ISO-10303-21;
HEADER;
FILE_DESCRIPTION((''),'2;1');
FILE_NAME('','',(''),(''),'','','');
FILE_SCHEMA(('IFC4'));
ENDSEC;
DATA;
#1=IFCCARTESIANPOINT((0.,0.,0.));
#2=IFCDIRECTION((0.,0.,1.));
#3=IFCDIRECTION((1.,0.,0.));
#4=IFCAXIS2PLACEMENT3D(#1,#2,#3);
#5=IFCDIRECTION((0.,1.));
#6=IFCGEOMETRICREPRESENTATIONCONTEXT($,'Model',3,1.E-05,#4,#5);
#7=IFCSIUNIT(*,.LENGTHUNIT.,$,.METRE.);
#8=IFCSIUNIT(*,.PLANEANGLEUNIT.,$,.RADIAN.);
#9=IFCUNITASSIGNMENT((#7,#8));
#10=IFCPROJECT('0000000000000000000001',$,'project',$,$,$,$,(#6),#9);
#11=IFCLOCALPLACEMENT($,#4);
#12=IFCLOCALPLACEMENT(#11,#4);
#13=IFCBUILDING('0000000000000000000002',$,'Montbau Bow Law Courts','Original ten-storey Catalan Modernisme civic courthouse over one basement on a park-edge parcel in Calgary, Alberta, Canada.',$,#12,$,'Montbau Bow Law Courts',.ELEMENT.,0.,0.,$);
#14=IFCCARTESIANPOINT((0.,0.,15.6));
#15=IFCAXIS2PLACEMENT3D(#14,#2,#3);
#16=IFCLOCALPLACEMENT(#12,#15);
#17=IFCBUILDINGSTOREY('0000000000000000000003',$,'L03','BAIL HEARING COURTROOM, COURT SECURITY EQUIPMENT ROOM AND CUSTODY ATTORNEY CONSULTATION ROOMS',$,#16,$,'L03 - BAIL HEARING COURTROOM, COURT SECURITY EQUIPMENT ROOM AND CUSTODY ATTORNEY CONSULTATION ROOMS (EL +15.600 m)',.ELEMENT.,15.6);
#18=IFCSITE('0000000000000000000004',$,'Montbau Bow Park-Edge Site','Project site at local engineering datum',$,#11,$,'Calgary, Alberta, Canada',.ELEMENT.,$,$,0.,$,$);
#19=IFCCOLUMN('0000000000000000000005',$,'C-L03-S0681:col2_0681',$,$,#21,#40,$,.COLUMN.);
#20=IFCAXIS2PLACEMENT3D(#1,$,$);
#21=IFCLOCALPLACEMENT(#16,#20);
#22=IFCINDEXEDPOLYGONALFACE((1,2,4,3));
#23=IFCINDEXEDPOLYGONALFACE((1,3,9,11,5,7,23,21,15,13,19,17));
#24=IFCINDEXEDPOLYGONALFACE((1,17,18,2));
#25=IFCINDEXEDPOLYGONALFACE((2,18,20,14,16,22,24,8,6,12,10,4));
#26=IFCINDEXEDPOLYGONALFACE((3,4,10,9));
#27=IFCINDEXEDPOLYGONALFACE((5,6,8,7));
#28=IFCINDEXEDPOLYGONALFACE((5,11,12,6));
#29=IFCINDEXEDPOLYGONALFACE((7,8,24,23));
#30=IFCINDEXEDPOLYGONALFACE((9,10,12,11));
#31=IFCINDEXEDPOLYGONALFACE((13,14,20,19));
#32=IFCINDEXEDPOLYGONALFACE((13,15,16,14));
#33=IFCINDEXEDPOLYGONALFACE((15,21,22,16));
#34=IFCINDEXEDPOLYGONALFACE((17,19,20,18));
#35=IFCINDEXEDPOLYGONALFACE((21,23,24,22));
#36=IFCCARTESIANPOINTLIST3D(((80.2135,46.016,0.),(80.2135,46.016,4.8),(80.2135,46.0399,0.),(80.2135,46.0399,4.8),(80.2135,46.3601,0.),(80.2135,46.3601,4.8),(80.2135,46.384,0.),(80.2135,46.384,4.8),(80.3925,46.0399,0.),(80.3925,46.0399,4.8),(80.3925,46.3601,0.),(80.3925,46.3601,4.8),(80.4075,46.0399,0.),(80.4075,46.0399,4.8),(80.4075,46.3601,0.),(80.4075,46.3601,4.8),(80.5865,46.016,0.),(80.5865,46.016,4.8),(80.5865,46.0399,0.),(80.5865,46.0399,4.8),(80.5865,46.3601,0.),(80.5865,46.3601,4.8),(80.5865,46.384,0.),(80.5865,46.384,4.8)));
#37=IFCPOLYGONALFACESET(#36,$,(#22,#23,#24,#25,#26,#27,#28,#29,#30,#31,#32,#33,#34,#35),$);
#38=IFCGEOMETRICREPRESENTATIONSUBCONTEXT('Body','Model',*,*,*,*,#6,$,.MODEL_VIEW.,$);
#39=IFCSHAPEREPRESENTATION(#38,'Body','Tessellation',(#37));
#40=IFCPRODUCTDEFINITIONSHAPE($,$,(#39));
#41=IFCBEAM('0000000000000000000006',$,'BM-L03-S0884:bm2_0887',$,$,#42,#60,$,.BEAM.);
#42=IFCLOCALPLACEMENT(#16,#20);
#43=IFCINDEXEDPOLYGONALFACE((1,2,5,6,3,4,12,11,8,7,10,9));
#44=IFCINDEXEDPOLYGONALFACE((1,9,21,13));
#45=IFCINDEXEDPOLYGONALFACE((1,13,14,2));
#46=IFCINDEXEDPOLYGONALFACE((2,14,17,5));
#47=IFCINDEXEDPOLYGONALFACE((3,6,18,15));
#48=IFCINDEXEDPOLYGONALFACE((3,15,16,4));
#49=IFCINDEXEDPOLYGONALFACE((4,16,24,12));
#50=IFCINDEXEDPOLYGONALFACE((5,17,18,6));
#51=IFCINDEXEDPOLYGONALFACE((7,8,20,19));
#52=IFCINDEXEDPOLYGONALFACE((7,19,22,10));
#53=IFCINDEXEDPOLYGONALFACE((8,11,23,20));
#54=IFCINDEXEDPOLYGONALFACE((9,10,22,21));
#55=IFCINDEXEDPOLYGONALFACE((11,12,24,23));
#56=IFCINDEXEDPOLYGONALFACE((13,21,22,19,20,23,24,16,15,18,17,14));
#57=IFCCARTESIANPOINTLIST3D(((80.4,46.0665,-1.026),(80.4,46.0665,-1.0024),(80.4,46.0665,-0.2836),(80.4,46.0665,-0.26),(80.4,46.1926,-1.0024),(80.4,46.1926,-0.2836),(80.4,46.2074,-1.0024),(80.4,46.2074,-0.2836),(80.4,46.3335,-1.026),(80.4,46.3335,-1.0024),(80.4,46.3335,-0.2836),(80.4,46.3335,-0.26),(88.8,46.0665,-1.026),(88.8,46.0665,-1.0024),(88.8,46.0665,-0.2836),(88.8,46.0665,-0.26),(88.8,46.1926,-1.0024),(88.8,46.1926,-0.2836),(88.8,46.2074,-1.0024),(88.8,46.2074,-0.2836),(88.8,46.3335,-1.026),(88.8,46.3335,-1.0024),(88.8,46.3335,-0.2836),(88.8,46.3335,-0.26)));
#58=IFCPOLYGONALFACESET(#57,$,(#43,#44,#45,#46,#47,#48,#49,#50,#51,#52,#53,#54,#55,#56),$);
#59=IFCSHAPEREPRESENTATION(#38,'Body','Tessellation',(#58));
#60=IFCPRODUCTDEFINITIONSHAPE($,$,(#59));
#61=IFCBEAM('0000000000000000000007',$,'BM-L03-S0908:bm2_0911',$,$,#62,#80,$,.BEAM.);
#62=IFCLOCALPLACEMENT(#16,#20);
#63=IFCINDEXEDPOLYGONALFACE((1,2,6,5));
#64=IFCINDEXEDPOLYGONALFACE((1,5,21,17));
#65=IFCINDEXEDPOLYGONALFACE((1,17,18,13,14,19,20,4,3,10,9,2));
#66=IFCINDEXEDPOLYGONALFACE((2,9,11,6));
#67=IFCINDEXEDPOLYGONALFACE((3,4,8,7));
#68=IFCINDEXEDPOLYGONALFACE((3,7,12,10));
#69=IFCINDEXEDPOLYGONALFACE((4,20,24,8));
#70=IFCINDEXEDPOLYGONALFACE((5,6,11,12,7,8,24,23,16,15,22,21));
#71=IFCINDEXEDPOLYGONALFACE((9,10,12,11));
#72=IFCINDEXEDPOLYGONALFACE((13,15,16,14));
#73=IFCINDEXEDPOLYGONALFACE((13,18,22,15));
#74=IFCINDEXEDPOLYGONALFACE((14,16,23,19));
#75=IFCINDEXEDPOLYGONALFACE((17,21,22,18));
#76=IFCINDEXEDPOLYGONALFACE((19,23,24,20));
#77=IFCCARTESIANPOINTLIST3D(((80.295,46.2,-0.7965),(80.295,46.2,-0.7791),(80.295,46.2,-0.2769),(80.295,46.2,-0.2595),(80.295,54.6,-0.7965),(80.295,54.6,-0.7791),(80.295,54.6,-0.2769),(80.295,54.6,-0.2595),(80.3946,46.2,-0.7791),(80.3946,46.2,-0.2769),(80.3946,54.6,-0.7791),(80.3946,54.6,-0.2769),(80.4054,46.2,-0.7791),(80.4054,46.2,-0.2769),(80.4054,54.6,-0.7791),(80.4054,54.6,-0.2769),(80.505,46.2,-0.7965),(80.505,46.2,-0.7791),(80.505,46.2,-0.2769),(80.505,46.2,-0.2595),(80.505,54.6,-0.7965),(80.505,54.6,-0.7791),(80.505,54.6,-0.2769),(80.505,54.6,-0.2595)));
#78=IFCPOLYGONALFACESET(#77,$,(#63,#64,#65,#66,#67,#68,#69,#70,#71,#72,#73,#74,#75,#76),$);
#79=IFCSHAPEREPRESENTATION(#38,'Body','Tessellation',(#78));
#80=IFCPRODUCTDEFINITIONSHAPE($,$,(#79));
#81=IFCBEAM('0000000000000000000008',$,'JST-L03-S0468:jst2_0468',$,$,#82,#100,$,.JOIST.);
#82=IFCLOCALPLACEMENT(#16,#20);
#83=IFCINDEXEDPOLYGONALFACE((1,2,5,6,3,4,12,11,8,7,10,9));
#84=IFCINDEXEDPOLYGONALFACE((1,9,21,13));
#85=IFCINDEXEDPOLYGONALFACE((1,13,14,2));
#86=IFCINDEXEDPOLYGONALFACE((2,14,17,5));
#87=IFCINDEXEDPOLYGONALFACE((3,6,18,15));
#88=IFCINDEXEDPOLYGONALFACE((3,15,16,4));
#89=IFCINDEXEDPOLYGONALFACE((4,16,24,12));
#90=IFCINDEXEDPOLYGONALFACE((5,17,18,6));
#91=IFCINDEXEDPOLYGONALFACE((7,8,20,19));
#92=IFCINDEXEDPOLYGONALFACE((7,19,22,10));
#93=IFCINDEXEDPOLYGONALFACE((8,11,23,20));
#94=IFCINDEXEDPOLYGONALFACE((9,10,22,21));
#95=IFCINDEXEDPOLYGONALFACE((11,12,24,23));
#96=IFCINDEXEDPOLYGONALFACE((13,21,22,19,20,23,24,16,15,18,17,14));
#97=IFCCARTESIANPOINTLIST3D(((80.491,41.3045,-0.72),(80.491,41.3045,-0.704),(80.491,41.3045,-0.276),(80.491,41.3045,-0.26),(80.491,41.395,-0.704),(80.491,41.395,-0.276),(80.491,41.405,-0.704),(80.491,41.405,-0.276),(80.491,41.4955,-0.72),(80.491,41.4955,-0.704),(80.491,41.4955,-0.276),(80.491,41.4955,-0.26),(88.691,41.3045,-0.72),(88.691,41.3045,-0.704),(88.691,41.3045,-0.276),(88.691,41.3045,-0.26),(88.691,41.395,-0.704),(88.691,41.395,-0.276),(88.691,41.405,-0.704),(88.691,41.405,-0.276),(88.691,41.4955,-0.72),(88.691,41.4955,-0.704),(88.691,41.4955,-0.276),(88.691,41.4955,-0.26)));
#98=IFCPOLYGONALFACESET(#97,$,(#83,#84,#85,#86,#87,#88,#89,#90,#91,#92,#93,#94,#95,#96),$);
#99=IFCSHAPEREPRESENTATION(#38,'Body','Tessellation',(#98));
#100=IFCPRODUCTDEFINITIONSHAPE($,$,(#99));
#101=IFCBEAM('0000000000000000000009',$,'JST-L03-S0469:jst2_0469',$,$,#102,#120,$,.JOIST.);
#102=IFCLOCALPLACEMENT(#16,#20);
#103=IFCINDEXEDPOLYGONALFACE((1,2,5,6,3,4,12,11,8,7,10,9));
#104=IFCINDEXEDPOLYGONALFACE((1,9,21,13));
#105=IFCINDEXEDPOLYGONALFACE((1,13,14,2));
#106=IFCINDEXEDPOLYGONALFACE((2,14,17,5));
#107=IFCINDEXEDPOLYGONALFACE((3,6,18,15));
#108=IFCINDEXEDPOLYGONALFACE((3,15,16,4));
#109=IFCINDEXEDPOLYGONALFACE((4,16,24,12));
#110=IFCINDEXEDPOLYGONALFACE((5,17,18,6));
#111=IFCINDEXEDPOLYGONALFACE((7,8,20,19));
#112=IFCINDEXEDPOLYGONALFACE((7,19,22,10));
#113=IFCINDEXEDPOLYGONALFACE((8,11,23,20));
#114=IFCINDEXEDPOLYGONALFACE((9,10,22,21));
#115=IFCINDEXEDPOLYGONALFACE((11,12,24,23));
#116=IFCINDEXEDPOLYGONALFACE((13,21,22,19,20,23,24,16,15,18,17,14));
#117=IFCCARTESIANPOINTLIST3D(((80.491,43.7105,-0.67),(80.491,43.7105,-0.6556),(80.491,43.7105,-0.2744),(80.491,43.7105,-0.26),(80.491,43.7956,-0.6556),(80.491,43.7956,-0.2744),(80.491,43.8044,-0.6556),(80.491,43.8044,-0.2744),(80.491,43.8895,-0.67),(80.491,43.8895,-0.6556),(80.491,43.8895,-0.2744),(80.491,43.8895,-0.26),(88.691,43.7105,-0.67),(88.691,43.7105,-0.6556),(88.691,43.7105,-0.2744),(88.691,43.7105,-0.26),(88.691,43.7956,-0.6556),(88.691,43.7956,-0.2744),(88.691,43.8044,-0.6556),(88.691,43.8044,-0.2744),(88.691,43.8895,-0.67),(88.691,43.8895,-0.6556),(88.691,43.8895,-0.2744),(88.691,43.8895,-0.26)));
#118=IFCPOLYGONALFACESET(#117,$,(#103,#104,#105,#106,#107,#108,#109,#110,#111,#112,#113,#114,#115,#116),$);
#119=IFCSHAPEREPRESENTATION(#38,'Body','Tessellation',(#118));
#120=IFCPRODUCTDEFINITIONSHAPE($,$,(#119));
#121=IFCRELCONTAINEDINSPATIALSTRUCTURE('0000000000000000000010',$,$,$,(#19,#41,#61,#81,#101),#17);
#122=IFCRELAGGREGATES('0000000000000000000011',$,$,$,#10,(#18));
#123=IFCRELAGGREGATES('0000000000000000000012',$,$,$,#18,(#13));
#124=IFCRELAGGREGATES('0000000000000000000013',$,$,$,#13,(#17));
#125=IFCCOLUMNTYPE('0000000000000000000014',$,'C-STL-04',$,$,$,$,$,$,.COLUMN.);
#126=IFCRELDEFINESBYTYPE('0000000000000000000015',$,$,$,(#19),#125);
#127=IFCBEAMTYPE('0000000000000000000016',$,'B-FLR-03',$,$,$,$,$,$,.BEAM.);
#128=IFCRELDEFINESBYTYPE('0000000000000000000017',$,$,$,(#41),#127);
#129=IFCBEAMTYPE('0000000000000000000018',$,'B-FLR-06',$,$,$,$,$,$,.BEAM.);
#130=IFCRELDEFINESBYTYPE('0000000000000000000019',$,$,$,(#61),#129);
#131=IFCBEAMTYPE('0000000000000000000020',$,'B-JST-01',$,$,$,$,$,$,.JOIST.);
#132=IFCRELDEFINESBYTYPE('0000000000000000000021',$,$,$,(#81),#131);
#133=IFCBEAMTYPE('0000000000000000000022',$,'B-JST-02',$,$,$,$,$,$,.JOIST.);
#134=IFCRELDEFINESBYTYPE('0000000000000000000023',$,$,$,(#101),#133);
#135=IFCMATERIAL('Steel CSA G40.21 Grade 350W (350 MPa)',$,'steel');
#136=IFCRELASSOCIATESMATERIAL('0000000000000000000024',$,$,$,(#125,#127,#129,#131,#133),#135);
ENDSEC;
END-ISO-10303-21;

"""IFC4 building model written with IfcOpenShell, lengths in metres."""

from ifc_helpers import new_model, si_unit, direction, frame, origin_with_axes, origin_2d_with_axis, place, context, subcontext, project, spatial, i_section, extrude, material, material_profile, profile_set, type_object, element, save


model = new_model("IFC4")

# Units and contexts
model_context = context("Model", 3, precision=1e-05, world=origin_with_axes(), true_north=direction((0.0, 1.0)))
body_context = subcontext(model_context, "Body", "Model", "MODEL_VIEW")
ifc_project = project(units=[si_unit("LENGTHUNIT", "METRE"), si_unit("PLANEANGLEUNIT", "RADIAN")], contexts=[model_context])

# Site, building, storey
site_placement = place(None, origin_with_axes())
site = spatial("IfcSite", under=ifc_project, at=site_placement, Name="Montbau Bow Park-Edge Site", Description="Project site at local engineering datum", LongName="Calgary, Alberta, Canada", CompositionType="ELEMENT", RefElevation=0.0)
building_placement = place(site_placement, origin_with_axes())
building = spatial("IfcBuilding", under=site, at=building_placement, Name="Montbau Bow Law Courts", Description="Original ten-storey Catalan Modernisme civic courthouse over one basement on a park-edge parcel in Calgary, Alberta, Canada.", LongName="Montbau Bow Law Courts", CompositionType="ELEMENT", ElevationOfRefHeight=0.0, ElevationOfTerrain=0.0)
storey_placement = place(building_placement, frame((0.0, 0.0, 15.6), z_axis=(0.0, 0.0, 1.0), x_axis=(1.0, 0.0, 0.0)))
storey = spatial("IfcBuildingStorey", under=building, at=storey_placement, Name="L03", Description="BAIL HEARING COURTROOM, COURT SECURITY EQUIPMENT ROOM AND CUSTODY ATTORNEY CONSULTATION ROOMS", LongName="L03 - BAIL HEARING COURTROOM, COURT SECURITY EQUIPMENT ROOM AND CUSTODY ATTORNEY CONSULTATION ROOMS (EL +15.600 m)", CompositionType="ELEMENT", Elevation=15.6)

# Column
ifc_material_1 = material(Name="Steel CSA G40.21 Grade 350W (350 MPa)", Category="steel")
ifc_material_profile_1 = material_profile(ifc_material_1, i_section(OverallWidth=0.373, OverallDepth=0.368, WebThickness=0.015, FlangeThickness=0.0239, at=origin_2d_with_axis()), Name="W360X179", Category="Main", Priority=0)
ifc_profile_set_1 = profile_set([ifc_material_profile_1], Name="Steel CSA G40.21 Grade 350W (350 MPa)")
column_type = type_object("IfcColumnType", Name="C-STL-04", PredefinedType="COLUMN", material=ifc_profile_set_1)
column_placement = place(None, frame((80.4, 46.2, 15.6), z_axis=(0.0, 0.0, 1.0), x_axis=(1.0, 0.0, 0.0)))
element("IfcColumn", 1, at=column_placement, inside=storey, type_object=column_type, Name="C-L03-S0681:col2_0681", PredefinedType="COLUMN", context=body_context, shape_type="SweptSolid", body=[
    extrude(i_section(OverallWidth=0.373, OverallDepth=0.368, WebThickness=0.015, FlangeThickness=0.0239, at=origin_2d_with_axis()), origin_with_axes(), (0.0, 0.0, 1.0), 4.8),
])

# Beams
ifc_material_profile_2 = material_profile(ifc_material_1, i_section(OverallWidth=0.267, OverallDepth=0.766, WebThickness=0.0149, FlangeThickness=0.0236, at=origin_2d_with_axis()), Name="W760X185", Category="Main", Priority=0)
ifc_profile_set_2 = profile_set([ifc_material_profile_2], Name="Steel CSA G40.21 Grade 350W (350 MPa)")
beam_type_1 = type_object("IfcBeamType", Name="B-FLR-03", PredefinedType="BEAM", material=ifc_profile_set_2)
beam_1_placement = place(None, frame((80.4, 46.2, 14.957), z_axis=(1.0, 0.0, 0.0), x_axis=(0.0, 1.0, 0.0)))
element("IfcBeam", 2, at=beam_1_placement, inside=storey, type_object=beam_type_1, Name="BM-L03-S0884:bm2_0887", PredefinedType="BEAM", context=body_context, shape_type="SweptSolid", body=[
    extrude(i_section(OverallWidth=0.267, OverallDepth=0.766, WebThickness=0.0149, FlangeThickness=0.0236, at=origin_2d_with_axis()), origin_with_axes(), (0.0, 0.0, 1.0), 8.4),
])
ifc_material_profile_3 = material_profile(ifc_material_1, i_section(OverallWidth=0.21, OverallDepth=0.537, WebThickness=0.0109, FlangeThickness=0.0174, at=origin_2d_with_axis()), Name="W530X101", Category="Main", Priority=0)
ifc_profile_set_3 = profile_set([ifc_material_profile_3], Name="Steel CSA G40.21 Grade 350W (350 MPa)")
beam_type_2 = type_object("IfcBeamType", Name="B-FLR-06", PredefinedType="BEAM", material=ifc_profile_set_3)
beam_2_placement = place(None, frame((80.4, 46.2, 15.072), z_axis=(0.0, 1.0, 0.0), x_axis=(-1.0, 0.0, 0.0)))
element("IfcBeam", 3, at=beam_2_placement, inside=storey, type_object=beam_type_2, Name="BM-L03-S0908:bm2_0911", PredefinedType="BEAM", context=body_context, shape_type="SweptSolid", body=[
    extrude(i_section(OverallWidth=0.21, OverallDepth=0.537, WebThickness=0.0109, FlangeThickness=0.0174, at=origin_2d_with_axis()), origin_with_axes(), (0.0, 0.0, 1.0), 8.4),
])
ifc_material_profile_4 = material_profile(ifc_material_1, i_section(OverallWidth=0.191, OverallDepth=0.46, WebThickness=0.0099, FlangeThickness=0.016, at=origin_2d_with_axis()), Name="W460X82", Category="Main", Priority=0)
ifc_profile_set_4 = profile_set([ifc_material_profile_4], Name="Steel CSA G40.21 Grade 350W (350 MPa)")
beam_type_3 = type_object("IfcBeamType", Name="B-JST-01", PredefinedType="JOIST", material=ifc_profile_set_4)
beam_3_placement = place(None, frame((80.491, 41.4, 15.11), z_axis=(1.0, 0.0, 0.0), x_axis=(0.0, 1.0, 0.0)))
element("IfcBeam", 4, at=beam_3_placement, inside=storey, type_object=beam_type_3, Name="JST-L03-S0468:jst2_0468", PredefinedType="JOIST", context=body_context, shape_type="SweptSolid", body=[
    extrude(i_section(OverallWidth=0.191, OverallDepth=0.46, WebThickness=0.0099, FlangeThickness=0.016, at=origin_2d_with_axis()), origin_with_axes(), (0.0, 0.0, 1.0), 8.2),
])
ifc_material_profile_5 = material_profile(ifc_material_1, i_section(OverallWidth=0.179, OverallDepth=0.41, WebThickness=0.0088, FlangeThickness=0.0144, at=origin_2d_with_axis()), Name="W410X67", Category="Main", Priority=0)
ifc_profile_set_5 = profile_set([ifc_material_profile_5], Name="Steel CSA G40.21 Grade 350W (350 MPa)")
beam_type_4 = type_object("IfcBeamType", Name="B-JST-02", PredefinedType="JOIST", material=ifc_profile_set_5)
beam_4_placement = place(None, frame((80.491, 43.8, 15.135), z_axis=(1.0, 0.0, 0.0), x_axis=(0.0, 1.0, 0.0)))
element("IfcBeam", 5, at=beam_4_placement, inside=storey, type_object=beam_type_4, Name="JST-L03-S0469:jst2_0469", PredefinedType="JOIST", context=body_context, shape_type="SweptSolid", body=[
    extrude(i_section(OverallWidth=0.179, OverallDepth=0.41, WebThickness=0.0088, FlangeThickness=0.0144, at=origin_2d_with_axis()), origin_with_axes(), (0.0, 0.0, 1.0), 8.2),
])

save(model, "model.ifc")
